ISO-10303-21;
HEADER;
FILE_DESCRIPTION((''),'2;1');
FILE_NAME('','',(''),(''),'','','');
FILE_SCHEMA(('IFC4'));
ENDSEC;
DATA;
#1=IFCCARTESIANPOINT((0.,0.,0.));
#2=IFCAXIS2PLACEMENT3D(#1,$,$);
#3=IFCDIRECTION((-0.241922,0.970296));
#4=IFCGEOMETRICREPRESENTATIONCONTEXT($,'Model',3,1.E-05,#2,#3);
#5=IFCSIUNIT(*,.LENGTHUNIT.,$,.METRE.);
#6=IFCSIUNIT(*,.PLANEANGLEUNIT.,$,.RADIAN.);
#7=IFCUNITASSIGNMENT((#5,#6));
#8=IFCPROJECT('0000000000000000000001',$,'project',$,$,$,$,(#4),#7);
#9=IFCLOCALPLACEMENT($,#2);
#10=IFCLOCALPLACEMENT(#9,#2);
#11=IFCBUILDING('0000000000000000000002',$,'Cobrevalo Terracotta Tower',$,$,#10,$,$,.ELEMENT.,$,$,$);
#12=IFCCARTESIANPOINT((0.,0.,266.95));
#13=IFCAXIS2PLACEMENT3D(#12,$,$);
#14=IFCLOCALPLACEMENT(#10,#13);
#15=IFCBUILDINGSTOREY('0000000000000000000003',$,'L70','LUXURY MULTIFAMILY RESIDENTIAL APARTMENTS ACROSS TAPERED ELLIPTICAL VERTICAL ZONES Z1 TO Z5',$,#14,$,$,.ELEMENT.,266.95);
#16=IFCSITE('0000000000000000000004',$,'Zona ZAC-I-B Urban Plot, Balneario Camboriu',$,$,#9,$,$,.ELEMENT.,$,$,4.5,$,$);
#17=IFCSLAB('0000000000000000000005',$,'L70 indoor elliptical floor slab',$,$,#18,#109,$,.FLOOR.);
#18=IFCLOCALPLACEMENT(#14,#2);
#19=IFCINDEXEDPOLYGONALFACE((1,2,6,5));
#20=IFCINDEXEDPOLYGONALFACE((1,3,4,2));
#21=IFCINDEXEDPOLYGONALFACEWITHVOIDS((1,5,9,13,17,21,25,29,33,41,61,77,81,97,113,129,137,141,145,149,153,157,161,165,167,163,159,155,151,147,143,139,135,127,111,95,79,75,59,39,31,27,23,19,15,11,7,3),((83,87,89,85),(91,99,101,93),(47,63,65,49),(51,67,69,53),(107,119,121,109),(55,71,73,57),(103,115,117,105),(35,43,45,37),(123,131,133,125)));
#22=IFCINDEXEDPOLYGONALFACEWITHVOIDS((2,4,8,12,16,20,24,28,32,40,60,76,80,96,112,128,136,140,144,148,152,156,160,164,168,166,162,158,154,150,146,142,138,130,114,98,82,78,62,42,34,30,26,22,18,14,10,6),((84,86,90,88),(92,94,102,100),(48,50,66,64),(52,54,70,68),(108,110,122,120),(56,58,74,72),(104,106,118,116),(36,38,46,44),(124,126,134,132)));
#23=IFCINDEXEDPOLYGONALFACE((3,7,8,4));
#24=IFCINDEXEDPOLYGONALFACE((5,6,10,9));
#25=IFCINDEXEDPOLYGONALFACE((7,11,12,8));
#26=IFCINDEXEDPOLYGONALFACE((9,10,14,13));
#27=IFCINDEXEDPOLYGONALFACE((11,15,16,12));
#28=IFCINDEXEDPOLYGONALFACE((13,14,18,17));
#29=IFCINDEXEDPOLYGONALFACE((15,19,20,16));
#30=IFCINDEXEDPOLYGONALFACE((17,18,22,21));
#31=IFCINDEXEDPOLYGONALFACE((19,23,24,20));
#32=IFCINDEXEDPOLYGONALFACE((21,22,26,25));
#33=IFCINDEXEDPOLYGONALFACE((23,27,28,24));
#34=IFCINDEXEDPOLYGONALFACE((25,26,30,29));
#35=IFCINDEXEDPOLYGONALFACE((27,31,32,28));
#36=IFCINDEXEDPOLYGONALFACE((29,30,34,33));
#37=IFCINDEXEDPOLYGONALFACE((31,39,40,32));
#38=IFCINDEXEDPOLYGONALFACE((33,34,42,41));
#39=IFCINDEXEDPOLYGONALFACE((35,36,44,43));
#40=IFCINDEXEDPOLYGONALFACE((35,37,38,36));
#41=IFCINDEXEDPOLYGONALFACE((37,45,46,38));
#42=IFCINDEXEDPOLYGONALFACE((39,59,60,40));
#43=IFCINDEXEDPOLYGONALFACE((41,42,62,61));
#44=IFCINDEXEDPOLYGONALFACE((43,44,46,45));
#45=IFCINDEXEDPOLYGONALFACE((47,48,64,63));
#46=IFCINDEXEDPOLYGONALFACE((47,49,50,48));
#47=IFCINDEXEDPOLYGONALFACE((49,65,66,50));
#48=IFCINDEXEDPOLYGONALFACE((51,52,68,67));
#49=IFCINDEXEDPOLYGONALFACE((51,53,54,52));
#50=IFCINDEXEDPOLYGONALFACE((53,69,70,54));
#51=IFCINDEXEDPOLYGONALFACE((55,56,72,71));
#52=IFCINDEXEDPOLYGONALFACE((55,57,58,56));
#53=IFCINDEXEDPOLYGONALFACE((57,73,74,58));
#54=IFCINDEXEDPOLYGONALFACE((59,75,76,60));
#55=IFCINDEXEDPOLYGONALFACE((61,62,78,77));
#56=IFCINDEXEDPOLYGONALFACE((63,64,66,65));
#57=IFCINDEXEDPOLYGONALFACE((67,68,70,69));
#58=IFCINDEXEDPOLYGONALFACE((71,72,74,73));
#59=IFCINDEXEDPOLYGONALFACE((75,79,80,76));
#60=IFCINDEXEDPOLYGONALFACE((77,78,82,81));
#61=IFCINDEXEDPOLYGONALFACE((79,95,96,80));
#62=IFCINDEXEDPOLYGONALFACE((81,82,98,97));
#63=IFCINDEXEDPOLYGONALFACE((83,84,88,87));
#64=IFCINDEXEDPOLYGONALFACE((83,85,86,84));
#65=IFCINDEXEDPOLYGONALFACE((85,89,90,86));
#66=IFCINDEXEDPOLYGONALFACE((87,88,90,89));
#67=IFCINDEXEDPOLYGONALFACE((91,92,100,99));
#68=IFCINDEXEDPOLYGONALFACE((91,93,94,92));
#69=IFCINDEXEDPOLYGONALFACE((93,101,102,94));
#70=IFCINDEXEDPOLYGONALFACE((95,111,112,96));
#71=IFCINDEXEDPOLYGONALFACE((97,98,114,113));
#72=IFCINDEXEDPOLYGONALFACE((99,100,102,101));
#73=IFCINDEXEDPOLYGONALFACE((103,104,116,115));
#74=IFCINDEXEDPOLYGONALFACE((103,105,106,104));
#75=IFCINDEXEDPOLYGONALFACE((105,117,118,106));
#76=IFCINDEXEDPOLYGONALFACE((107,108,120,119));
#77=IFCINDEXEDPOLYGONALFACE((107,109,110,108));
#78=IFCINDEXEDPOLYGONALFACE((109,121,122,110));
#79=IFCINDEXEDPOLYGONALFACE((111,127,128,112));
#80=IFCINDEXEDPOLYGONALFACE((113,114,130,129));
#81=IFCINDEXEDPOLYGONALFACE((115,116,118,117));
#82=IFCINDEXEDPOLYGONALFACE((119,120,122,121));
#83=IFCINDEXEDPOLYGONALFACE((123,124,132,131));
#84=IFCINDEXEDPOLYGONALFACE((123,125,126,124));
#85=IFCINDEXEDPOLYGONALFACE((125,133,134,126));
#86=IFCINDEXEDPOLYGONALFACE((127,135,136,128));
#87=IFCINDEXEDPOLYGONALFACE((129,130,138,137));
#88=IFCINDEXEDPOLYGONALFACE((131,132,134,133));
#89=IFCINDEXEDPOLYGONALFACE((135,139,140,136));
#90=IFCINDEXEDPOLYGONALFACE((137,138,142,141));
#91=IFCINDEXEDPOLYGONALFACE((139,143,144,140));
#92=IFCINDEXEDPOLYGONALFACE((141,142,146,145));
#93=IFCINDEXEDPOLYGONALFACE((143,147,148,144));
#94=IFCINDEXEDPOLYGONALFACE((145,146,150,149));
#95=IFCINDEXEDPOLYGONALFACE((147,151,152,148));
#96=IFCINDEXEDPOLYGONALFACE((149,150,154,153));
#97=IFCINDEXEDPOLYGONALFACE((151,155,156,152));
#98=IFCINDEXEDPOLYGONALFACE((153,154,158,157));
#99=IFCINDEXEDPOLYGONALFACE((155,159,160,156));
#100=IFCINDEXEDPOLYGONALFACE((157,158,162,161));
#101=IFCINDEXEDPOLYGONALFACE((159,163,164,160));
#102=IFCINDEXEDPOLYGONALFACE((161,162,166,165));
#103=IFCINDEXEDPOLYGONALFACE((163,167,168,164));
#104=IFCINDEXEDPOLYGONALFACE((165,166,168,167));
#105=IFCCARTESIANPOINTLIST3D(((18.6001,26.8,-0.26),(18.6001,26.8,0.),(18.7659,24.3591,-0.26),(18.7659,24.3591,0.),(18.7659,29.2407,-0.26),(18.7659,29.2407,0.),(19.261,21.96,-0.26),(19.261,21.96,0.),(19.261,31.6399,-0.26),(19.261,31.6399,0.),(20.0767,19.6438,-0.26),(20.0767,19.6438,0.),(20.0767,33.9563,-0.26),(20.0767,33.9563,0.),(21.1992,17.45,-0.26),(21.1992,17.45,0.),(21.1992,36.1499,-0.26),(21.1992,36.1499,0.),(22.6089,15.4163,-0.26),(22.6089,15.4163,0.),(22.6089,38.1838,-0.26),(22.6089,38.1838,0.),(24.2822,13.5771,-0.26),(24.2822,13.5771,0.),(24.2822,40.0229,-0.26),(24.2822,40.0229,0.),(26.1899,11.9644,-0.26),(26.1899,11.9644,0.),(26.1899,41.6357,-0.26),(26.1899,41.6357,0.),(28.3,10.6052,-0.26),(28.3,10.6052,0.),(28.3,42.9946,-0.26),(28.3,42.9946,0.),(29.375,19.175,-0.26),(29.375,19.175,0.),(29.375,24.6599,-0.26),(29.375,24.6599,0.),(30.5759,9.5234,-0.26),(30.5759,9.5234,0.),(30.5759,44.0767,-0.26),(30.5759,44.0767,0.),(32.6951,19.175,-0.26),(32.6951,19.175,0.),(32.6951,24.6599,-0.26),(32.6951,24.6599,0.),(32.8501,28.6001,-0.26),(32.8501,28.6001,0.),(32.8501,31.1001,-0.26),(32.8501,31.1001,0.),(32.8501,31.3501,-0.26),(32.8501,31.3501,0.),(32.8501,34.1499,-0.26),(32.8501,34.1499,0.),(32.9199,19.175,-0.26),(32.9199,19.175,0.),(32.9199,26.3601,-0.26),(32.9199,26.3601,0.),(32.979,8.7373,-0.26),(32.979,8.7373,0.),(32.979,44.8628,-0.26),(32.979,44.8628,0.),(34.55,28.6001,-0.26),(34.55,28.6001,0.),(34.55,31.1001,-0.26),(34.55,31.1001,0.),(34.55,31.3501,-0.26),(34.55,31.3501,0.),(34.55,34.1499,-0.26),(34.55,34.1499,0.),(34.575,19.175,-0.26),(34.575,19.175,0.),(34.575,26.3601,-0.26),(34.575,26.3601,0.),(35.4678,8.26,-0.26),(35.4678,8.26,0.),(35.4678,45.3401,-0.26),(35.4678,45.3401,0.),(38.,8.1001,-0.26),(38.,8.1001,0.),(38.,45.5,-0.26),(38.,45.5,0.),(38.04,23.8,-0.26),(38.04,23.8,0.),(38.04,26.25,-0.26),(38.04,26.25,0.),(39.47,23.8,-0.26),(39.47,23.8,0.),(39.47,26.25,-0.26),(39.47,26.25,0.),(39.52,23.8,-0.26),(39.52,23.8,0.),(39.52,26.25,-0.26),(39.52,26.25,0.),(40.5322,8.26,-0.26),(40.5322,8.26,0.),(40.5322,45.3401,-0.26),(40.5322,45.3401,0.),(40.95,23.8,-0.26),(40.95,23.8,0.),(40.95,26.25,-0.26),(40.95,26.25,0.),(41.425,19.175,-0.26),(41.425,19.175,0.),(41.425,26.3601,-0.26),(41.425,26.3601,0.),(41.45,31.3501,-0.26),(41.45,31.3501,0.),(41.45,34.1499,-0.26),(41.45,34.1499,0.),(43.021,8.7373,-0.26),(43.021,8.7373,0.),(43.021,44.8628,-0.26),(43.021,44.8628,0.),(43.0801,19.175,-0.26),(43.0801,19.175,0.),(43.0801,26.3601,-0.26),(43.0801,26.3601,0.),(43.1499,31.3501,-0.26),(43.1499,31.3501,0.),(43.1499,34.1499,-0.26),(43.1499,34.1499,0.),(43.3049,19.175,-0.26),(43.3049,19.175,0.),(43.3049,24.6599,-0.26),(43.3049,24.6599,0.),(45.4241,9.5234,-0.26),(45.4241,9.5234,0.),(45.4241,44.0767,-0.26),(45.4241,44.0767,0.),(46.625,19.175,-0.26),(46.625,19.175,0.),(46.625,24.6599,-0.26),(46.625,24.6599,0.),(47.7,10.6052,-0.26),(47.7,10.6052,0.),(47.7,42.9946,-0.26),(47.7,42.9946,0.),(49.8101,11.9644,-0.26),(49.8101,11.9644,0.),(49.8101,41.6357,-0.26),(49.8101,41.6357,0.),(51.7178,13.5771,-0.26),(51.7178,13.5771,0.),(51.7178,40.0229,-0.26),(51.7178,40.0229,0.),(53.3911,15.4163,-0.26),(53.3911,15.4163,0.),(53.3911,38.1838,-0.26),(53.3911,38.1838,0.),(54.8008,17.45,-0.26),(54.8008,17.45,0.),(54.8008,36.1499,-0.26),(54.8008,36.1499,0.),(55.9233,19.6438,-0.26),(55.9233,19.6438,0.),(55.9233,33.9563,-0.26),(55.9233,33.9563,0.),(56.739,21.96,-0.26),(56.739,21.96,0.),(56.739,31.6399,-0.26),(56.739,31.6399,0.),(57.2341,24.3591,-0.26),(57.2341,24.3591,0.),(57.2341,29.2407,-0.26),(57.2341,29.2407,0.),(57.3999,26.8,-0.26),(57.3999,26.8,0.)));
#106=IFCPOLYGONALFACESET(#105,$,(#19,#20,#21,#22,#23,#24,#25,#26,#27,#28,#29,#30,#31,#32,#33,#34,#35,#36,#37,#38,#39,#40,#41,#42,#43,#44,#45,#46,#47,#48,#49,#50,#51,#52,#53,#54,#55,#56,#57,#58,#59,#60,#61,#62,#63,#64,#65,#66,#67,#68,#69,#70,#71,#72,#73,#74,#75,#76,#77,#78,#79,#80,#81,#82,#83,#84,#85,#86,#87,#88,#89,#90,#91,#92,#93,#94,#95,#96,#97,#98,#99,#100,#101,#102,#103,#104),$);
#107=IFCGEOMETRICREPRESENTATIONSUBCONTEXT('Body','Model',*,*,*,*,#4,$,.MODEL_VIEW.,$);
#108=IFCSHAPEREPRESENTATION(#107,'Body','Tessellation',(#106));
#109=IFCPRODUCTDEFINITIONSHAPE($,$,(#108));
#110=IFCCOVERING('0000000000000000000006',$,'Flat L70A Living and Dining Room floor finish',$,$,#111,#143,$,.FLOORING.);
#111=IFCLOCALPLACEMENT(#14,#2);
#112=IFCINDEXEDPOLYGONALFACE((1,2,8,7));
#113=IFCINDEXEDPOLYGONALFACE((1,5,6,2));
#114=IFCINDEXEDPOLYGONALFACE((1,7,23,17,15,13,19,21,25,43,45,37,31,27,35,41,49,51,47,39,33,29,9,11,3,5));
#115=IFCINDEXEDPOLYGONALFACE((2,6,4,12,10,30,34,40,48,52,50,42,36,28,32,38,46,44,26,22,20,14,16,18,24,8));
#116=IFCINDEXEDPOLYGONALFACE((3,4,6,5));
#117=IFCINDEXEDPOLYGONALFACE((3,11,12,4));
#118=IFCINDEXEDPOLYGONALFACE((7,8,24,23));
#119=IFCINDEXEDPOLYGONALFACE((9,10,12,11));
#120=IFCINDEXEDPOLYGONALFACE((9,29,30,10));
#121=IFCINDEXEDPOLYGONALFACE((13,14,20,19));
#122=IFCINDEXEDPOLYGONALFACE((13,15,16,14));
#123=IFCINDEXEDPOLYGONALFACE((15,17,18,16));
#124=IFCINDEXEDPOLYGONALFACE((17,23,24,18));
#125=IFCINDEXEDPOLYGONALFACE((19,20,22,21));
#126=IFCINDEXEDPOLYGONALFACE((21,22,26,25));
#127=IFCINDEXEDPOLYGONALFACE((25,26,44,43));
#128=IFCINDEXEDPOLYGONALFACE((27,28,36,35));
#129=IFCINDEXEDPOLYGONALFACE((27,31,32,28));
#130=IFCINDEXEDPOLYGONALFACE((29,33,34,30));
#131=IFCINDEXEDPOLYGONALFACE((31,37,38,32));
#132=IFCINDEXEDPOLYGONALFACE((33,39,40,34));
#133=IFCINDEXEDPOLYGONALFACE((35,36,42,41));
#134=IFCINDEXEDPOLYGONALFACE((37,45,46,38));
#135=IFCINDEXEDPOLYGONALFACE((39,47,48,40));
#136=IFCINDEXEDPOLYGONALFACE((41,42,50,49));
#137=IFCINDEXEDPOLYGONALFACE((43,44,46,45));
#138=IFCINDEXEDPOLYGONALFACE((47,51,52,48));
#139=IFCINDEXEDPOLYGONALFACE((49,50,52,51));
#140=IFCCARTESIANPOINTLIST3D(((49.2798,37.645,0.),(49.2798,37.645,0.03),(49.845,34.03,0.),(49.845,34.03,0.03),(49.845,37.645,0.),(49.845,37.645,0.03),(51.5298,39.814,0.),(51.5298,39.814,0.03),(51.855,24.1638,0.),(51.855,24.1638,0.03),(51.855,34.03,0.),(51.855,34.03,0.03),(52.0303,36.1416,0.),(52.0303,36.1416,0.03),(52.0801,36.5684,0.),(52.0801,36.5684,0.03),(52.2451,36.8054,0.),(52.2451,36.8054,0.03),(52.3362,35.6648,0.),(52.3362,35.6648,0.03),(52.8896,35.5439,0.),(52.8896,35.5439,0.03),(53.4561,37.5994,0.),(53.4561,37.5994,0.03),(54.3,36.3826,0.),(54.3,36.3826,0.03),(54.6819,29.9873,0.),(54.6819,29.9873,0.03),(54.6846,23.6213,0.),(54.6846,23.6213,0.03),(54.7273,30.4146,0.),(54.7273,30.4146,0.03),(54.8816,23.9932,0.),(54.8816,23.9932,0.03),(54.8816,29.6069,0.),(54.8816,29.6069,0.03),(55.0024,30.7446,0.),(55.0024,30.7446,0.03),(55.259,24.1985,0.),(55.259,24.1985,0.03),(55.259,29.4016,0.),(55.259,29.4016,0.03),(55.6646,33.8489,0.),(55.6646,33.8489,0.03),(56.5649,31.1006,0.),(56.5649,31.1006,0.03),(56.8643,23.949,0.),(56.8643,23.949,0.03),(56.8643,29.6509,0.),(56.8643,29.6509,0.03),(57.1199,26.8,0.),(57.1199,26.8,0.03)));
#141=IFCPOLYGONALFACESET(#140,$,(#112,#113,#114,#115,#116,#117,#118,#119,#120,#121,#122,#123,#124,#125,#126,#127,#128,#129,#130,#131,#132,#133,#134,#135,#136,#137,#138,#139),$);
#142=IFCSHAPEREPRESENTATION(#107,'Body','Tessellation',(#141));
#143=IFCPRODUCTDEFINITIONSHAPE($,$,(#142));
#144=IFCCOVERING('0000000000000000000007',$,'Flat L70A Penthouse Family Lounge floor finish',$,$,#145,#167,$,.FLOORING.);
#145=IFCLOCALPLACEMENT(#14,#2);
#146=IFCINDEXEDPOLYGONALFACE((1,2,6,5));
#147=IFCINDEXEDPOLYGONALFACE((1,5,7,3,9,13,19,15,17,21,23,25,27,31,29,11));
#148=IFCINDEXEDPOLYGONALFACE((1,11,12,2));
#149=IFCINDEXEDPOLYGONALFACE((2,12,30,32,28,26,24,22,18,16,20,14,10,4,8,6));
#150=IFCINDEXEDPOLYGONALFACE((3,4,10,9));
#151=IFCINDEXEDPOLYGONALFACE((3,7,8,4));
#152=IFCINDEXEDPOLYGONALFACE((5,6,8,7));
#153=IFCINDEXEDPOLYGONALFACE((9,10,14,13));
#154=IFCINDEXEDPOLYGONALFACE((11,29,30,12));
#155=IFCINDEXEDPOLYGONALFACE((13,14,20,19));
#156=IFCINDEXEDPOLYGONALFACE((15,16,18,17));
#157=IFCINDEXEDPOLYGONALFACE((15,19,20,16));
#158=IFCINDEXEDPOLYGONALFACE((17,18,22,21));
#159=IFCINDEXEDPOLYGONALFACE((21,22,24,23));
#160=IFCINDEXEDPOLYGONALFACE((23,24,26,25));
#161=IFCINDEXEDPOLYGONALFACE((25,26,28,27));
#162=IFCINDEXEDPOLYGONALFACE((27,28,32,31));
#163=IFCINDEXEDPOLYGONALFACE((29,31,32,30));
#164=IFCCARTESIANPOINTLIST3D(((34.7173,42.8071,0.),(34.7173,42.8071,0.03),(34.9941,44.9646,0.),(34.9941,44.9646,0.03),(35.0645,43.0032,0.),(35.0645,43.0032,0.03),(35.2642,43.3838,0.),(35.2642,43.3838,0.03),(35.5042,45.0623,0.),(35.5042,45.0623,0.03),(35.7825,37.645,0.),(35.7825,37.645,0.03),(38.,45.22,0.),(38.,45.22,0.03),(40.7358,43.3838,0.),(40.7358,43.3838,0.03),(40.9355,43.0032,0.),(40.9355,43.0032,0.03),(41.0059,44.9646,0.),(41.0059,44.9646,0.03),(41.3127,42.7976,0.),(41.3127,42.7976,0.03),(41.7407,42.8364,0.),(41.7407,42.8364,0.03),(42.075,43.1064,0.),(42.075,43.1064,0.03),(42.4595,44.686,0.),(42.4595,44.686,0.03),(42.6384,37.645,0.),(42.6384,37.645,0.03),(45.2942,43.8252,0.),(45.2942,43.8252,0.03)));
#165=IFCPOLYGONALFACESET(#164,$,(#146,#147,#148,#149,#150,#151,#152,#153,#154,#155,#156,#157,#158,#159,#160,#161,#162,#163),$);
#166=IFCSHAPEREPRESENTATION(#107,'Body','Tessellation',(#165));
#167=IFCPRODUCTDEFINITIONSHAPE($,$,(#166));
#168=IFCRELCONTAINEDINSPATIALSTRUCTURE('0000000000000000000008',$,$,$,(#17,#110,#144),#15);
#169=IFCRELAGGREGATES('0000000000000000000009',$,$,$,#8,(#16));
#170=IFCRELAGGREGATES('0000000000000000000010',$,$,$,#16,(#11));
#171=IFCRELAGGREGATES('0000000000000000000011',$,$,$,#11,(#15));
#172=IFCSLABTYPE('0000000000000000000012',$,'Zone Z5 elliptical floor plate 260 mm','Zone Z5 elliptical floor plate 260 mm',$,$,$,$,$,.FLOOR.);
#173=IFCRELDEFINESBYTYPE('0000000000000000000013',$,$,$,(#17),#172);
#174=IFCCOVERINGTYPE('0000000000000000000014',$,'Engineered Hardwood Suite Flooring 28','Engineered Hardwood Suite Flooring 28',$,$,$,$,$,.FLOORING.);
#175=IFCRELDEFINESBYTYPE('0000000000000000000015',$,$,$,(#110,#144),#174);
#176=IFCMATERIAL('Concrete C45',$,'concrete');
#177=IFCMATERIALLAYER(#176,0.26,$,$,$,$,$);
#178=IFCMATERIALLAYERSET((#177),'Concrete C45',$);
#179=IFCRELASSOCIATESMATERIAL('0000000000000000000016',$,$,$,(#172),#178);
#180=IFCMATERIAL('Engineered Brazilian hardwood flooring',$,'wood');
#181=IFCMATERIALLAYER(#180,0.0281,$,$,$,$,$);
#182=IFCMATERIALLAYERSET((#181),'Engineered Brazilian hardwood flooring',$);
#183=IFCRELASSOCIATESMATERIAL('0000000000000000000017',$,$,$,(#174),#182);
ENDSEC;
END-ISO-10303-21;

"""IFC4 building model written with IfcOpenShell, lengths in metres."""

from ifc_helpers import new_model, si_unit, direction, frame, origin, place, context, subcontext, project, spatial, polyline, outline, extrude, material, layer, layer_set, type_object, element, save


model = new_model("IFC4")

# Units and contexts
model_context = context("Model", 3, precision=1e-05, world=origin(), true_north=direction((-0.241922, 0.970296)))
body_context = subcontext(model_context, "Body", "Model", "MODEL_VIEW")
ifc_project = project(units=[si_unit("LENGTHUNIT", "METRE"), si_unit("PLANEANGLEUNIT", "RADIAN")], contexts=[model_context])

# Site, building, storey
site_placement = place(None, origin())
site = spatial("IfcSite", under=ifc_project, at=site_placement, Name="Zona ZAC-I-B Urban Plot, Balneario Camboriu", CompositionType="ELEMENT", RefElevation=4.5)
building_placement = place(site_placement, origin())
building = spatial("IfcBuilding", under=site, at=building_placement, Name="Cobrevalo Terracotta Tower", CompositionType="ELEMENT")
storey_placement = place(building_placement, frame((0.0, 0.0, 266.95)))
storey = spatial("IfcBuildingStorey", under=building, at=storey_placement, Name="L70", Description="LUXURY MULTIFAMILY RESIDENTIAL APARTMENTS ACROSS TAPERED ELLIPTICAL VERTICAL ZONES Z1 TO Z5", CompositionType="ELEMENT", Elevation=266.95)

# Slab
ifc_material_1 = material(Name="Concrete C45", Category="concrete")
ifc_layer_1 = layer(ifc_material_1, 0.26)
ifc_layer_set_1 = layer_set([ifc_layer_1], Name="Concrete C45")
slab_type_1 = type_object("IfcSlabType", Name="Zone Z5 elliptical floor plate 260 mm", Description="Zone Z5 elliptical floor plate 260 mm", PredefinedType="FLOOR", material=ifc_layer_set_1)
slab_1_placement = place(storey_placement, frame((0.0, 0.0, -0.26)))
element("IfcSlab", 1, at=slab_1_placement, inside=storey, type_object=slab_type_1, Name="L70 indoor elliptical floor slab", PredefinedType="FLOOR", context=body_context, shape_type="SweptSolid", body=[
    extrude(outline(polyline([(57.2341, 24.3591), (56.739, 21.96), (55.9233, 19.6438), (54.8008, 17.45), (53.3911, 15.4163), (51.7178, 13.5771), (49.8101, 11.9644), (47.7, 10.6052), (45.4241, 9.5234), (43.021, 8.7373), (40.5322, 8.26), (38.0, 8.1001), (35.4678, 8.26), (32.979, 8.7373), (30.5759, 9.5234), (28.3, 10.6052), (26.1899, 11.9644), (24.2822, 13.5771), (22.6089, 15.4163), (21.1992, 17.45), (20.0767, 19.6438), (19.261, 21.96), (18.7659, 24.3591), (18.6001, 26.8), (18.7659, 29.2407), (19.261, 31.6399), (20.0767, 33.9563), (21.1992, 36.1499), (22.6089, 38.1838), (24.2822, 40.0229), (26.1899, 41.6357), (28.3, 42.9946), (30.5759, 44.0767), (32.979, 44.8628), (35.4678, 45.3401), (38.0, 45.5), (40.5322, 45.3401), (43.021, 44.8628), (45.4241, 44.0767), (47.7, 42.9946), (49.8101, 41.6357), (51.7178, 40.0229), (53.3911, 38.1838), (54.8008, 36.1499), (55.9233, 33.9563), (56.739, 31.6399), (57.2341, 29.2407), (57.3999, 26.8), (57.2341, 24.3591)]), holes=[polyline([(32.6951, 19.175), (32.6951, 24.6599), (29.375, 24.6599), (29.375, 19.175), (32.6951, 19.175)]), polyline([(46.625, 19.175), (46.625, 24.6599), (43.3049, 24.6599), (43.3049, 19.175), (46.625, 19.175)]), polyline([(34.575, 26.3601), (32.9199, 26.3601), (32.9199, 19.175), (34.575, 19.175), (34.575, 26.3601)]), polyline([(43.0801, 26.3601), (41.425, 26.3601), (41.425, 19.175), (43.0801, 19.175), (43.0801, 26.3601)]), polyline([(39.47, 26.25), (38.04, 26.25), (38.04, 23.8), (39.47, 23.8), (39.47, 26.25)]), polyline([(40.95, 26.25), (39.52, 26.25), (39.52, 23.8), (40.95, 23.8), (40.95, 26.25)]), polyline([(34.55, 31.1001), (32.8501, 31.1001), (32.8501, 28.6001), (34.55, 28.6001), (34.55, 31.1001)]), polyline([(34.55, 31.3501), (34.55, 34.1499), (32.8501, 34.1499), (32.8501, 31.3501), (34.55, 31.3501)]), polyline([(43.1499, 31.3501), (43.1499, 34.1499), (41.45, 34.1499), (41.45, 31.3501), (43.1499, 31.3501)])]), origin(), (0.0, 0.0, 1.0), 0.26),
])

# Coverings
ifc_material_2 = material(Name="Engineered Brazilian hardwood flooring", Category="wood")
ifc_layer_2 = layer(ifc_material_2, 0.0281)
ifc_layer_set_2 = layer_set([ifc_layer_2], Name="Engineered Brazilian hardwood flooring")
covering_type_1 = type_object("IfcCoveringType", Name="Engineered Hardwood Suite Flooring 28", Description="Engineered Hardwood Suite Flooring 28", PredefinedType="FLOORING", material=ifc_layer_set_2)
covering_1_placement = place(storey_placement, origin())
element("IfcCovering", 2, at=covering_1_placement, inside=storey, type_object=covering_type_1, Name="Flat L70A Living and Dining Room floor finish", PredefinedType="FLOORING", context=body_context, shape_type="SweptSolid", body=[
    extrude(outline(polyline([(51.5298, 39.814), (53.4561, 37.5994), (52.2451, 36.8054), (52.0801, 36.5684), (52.0303, 36.1416), (52.3362, 35.6648), (52.8896, 35.5439), (54.3, 36.3826), (55.6646, 33.8489), (56.5649, 31.1006), (55.0024, 30.7446), (54.7273, 30.4146), (54.6819, 29.9873), (54.8816, 29.6069), (55.259, 29.4016), (56.8643, 29.6509), (57.1199, 26.8), (56.8643, 23.949), (55.259, 24.1985), (54.8816, 23.9932), (54.6846, 23.6213), (51.855, 24.1638), (51.855, 34.03), (49.845, 34.03), (49.845, 37.645), (49.2798, 37.645), (51.5298, 39.814)])), origin(), (0.0, 0.0, 1.0), 0.03),
])
covering_2_placement = place(storey_placement, origin())
element("IfcCovering", 3, at=covering_2_placement, inside=storey, type_object=covering_type_1, Name="Flat L70A Penthouse Family Lounge floor finish", PredefinedType="FLOORING", context=body_context, shape_type="SweptSolid", body=[
    extrude(outline(polyline([(34.7173, 42.8071), (35.0645, 43.0032), (35.2642, 43.3838), (34.9941, 44.9646), (35.5042, 45.0623), (38.0, 45.22), (41.0059, 44.9646), (40.7358, 43.3838), (40.9355, 43.0032), (41.3127, 42.7976), (41.7407, 42.8364), (42.075, 43.1064), (42.4595, 44.686), (45.2942, 43.8252), (42.6384, 37.645), (35.7825, 37.645), (34.7173, 42.8071)])), origin(), (0.0, 0.0, 1.0), 0.03),
])

save(model, "model.ifc")
